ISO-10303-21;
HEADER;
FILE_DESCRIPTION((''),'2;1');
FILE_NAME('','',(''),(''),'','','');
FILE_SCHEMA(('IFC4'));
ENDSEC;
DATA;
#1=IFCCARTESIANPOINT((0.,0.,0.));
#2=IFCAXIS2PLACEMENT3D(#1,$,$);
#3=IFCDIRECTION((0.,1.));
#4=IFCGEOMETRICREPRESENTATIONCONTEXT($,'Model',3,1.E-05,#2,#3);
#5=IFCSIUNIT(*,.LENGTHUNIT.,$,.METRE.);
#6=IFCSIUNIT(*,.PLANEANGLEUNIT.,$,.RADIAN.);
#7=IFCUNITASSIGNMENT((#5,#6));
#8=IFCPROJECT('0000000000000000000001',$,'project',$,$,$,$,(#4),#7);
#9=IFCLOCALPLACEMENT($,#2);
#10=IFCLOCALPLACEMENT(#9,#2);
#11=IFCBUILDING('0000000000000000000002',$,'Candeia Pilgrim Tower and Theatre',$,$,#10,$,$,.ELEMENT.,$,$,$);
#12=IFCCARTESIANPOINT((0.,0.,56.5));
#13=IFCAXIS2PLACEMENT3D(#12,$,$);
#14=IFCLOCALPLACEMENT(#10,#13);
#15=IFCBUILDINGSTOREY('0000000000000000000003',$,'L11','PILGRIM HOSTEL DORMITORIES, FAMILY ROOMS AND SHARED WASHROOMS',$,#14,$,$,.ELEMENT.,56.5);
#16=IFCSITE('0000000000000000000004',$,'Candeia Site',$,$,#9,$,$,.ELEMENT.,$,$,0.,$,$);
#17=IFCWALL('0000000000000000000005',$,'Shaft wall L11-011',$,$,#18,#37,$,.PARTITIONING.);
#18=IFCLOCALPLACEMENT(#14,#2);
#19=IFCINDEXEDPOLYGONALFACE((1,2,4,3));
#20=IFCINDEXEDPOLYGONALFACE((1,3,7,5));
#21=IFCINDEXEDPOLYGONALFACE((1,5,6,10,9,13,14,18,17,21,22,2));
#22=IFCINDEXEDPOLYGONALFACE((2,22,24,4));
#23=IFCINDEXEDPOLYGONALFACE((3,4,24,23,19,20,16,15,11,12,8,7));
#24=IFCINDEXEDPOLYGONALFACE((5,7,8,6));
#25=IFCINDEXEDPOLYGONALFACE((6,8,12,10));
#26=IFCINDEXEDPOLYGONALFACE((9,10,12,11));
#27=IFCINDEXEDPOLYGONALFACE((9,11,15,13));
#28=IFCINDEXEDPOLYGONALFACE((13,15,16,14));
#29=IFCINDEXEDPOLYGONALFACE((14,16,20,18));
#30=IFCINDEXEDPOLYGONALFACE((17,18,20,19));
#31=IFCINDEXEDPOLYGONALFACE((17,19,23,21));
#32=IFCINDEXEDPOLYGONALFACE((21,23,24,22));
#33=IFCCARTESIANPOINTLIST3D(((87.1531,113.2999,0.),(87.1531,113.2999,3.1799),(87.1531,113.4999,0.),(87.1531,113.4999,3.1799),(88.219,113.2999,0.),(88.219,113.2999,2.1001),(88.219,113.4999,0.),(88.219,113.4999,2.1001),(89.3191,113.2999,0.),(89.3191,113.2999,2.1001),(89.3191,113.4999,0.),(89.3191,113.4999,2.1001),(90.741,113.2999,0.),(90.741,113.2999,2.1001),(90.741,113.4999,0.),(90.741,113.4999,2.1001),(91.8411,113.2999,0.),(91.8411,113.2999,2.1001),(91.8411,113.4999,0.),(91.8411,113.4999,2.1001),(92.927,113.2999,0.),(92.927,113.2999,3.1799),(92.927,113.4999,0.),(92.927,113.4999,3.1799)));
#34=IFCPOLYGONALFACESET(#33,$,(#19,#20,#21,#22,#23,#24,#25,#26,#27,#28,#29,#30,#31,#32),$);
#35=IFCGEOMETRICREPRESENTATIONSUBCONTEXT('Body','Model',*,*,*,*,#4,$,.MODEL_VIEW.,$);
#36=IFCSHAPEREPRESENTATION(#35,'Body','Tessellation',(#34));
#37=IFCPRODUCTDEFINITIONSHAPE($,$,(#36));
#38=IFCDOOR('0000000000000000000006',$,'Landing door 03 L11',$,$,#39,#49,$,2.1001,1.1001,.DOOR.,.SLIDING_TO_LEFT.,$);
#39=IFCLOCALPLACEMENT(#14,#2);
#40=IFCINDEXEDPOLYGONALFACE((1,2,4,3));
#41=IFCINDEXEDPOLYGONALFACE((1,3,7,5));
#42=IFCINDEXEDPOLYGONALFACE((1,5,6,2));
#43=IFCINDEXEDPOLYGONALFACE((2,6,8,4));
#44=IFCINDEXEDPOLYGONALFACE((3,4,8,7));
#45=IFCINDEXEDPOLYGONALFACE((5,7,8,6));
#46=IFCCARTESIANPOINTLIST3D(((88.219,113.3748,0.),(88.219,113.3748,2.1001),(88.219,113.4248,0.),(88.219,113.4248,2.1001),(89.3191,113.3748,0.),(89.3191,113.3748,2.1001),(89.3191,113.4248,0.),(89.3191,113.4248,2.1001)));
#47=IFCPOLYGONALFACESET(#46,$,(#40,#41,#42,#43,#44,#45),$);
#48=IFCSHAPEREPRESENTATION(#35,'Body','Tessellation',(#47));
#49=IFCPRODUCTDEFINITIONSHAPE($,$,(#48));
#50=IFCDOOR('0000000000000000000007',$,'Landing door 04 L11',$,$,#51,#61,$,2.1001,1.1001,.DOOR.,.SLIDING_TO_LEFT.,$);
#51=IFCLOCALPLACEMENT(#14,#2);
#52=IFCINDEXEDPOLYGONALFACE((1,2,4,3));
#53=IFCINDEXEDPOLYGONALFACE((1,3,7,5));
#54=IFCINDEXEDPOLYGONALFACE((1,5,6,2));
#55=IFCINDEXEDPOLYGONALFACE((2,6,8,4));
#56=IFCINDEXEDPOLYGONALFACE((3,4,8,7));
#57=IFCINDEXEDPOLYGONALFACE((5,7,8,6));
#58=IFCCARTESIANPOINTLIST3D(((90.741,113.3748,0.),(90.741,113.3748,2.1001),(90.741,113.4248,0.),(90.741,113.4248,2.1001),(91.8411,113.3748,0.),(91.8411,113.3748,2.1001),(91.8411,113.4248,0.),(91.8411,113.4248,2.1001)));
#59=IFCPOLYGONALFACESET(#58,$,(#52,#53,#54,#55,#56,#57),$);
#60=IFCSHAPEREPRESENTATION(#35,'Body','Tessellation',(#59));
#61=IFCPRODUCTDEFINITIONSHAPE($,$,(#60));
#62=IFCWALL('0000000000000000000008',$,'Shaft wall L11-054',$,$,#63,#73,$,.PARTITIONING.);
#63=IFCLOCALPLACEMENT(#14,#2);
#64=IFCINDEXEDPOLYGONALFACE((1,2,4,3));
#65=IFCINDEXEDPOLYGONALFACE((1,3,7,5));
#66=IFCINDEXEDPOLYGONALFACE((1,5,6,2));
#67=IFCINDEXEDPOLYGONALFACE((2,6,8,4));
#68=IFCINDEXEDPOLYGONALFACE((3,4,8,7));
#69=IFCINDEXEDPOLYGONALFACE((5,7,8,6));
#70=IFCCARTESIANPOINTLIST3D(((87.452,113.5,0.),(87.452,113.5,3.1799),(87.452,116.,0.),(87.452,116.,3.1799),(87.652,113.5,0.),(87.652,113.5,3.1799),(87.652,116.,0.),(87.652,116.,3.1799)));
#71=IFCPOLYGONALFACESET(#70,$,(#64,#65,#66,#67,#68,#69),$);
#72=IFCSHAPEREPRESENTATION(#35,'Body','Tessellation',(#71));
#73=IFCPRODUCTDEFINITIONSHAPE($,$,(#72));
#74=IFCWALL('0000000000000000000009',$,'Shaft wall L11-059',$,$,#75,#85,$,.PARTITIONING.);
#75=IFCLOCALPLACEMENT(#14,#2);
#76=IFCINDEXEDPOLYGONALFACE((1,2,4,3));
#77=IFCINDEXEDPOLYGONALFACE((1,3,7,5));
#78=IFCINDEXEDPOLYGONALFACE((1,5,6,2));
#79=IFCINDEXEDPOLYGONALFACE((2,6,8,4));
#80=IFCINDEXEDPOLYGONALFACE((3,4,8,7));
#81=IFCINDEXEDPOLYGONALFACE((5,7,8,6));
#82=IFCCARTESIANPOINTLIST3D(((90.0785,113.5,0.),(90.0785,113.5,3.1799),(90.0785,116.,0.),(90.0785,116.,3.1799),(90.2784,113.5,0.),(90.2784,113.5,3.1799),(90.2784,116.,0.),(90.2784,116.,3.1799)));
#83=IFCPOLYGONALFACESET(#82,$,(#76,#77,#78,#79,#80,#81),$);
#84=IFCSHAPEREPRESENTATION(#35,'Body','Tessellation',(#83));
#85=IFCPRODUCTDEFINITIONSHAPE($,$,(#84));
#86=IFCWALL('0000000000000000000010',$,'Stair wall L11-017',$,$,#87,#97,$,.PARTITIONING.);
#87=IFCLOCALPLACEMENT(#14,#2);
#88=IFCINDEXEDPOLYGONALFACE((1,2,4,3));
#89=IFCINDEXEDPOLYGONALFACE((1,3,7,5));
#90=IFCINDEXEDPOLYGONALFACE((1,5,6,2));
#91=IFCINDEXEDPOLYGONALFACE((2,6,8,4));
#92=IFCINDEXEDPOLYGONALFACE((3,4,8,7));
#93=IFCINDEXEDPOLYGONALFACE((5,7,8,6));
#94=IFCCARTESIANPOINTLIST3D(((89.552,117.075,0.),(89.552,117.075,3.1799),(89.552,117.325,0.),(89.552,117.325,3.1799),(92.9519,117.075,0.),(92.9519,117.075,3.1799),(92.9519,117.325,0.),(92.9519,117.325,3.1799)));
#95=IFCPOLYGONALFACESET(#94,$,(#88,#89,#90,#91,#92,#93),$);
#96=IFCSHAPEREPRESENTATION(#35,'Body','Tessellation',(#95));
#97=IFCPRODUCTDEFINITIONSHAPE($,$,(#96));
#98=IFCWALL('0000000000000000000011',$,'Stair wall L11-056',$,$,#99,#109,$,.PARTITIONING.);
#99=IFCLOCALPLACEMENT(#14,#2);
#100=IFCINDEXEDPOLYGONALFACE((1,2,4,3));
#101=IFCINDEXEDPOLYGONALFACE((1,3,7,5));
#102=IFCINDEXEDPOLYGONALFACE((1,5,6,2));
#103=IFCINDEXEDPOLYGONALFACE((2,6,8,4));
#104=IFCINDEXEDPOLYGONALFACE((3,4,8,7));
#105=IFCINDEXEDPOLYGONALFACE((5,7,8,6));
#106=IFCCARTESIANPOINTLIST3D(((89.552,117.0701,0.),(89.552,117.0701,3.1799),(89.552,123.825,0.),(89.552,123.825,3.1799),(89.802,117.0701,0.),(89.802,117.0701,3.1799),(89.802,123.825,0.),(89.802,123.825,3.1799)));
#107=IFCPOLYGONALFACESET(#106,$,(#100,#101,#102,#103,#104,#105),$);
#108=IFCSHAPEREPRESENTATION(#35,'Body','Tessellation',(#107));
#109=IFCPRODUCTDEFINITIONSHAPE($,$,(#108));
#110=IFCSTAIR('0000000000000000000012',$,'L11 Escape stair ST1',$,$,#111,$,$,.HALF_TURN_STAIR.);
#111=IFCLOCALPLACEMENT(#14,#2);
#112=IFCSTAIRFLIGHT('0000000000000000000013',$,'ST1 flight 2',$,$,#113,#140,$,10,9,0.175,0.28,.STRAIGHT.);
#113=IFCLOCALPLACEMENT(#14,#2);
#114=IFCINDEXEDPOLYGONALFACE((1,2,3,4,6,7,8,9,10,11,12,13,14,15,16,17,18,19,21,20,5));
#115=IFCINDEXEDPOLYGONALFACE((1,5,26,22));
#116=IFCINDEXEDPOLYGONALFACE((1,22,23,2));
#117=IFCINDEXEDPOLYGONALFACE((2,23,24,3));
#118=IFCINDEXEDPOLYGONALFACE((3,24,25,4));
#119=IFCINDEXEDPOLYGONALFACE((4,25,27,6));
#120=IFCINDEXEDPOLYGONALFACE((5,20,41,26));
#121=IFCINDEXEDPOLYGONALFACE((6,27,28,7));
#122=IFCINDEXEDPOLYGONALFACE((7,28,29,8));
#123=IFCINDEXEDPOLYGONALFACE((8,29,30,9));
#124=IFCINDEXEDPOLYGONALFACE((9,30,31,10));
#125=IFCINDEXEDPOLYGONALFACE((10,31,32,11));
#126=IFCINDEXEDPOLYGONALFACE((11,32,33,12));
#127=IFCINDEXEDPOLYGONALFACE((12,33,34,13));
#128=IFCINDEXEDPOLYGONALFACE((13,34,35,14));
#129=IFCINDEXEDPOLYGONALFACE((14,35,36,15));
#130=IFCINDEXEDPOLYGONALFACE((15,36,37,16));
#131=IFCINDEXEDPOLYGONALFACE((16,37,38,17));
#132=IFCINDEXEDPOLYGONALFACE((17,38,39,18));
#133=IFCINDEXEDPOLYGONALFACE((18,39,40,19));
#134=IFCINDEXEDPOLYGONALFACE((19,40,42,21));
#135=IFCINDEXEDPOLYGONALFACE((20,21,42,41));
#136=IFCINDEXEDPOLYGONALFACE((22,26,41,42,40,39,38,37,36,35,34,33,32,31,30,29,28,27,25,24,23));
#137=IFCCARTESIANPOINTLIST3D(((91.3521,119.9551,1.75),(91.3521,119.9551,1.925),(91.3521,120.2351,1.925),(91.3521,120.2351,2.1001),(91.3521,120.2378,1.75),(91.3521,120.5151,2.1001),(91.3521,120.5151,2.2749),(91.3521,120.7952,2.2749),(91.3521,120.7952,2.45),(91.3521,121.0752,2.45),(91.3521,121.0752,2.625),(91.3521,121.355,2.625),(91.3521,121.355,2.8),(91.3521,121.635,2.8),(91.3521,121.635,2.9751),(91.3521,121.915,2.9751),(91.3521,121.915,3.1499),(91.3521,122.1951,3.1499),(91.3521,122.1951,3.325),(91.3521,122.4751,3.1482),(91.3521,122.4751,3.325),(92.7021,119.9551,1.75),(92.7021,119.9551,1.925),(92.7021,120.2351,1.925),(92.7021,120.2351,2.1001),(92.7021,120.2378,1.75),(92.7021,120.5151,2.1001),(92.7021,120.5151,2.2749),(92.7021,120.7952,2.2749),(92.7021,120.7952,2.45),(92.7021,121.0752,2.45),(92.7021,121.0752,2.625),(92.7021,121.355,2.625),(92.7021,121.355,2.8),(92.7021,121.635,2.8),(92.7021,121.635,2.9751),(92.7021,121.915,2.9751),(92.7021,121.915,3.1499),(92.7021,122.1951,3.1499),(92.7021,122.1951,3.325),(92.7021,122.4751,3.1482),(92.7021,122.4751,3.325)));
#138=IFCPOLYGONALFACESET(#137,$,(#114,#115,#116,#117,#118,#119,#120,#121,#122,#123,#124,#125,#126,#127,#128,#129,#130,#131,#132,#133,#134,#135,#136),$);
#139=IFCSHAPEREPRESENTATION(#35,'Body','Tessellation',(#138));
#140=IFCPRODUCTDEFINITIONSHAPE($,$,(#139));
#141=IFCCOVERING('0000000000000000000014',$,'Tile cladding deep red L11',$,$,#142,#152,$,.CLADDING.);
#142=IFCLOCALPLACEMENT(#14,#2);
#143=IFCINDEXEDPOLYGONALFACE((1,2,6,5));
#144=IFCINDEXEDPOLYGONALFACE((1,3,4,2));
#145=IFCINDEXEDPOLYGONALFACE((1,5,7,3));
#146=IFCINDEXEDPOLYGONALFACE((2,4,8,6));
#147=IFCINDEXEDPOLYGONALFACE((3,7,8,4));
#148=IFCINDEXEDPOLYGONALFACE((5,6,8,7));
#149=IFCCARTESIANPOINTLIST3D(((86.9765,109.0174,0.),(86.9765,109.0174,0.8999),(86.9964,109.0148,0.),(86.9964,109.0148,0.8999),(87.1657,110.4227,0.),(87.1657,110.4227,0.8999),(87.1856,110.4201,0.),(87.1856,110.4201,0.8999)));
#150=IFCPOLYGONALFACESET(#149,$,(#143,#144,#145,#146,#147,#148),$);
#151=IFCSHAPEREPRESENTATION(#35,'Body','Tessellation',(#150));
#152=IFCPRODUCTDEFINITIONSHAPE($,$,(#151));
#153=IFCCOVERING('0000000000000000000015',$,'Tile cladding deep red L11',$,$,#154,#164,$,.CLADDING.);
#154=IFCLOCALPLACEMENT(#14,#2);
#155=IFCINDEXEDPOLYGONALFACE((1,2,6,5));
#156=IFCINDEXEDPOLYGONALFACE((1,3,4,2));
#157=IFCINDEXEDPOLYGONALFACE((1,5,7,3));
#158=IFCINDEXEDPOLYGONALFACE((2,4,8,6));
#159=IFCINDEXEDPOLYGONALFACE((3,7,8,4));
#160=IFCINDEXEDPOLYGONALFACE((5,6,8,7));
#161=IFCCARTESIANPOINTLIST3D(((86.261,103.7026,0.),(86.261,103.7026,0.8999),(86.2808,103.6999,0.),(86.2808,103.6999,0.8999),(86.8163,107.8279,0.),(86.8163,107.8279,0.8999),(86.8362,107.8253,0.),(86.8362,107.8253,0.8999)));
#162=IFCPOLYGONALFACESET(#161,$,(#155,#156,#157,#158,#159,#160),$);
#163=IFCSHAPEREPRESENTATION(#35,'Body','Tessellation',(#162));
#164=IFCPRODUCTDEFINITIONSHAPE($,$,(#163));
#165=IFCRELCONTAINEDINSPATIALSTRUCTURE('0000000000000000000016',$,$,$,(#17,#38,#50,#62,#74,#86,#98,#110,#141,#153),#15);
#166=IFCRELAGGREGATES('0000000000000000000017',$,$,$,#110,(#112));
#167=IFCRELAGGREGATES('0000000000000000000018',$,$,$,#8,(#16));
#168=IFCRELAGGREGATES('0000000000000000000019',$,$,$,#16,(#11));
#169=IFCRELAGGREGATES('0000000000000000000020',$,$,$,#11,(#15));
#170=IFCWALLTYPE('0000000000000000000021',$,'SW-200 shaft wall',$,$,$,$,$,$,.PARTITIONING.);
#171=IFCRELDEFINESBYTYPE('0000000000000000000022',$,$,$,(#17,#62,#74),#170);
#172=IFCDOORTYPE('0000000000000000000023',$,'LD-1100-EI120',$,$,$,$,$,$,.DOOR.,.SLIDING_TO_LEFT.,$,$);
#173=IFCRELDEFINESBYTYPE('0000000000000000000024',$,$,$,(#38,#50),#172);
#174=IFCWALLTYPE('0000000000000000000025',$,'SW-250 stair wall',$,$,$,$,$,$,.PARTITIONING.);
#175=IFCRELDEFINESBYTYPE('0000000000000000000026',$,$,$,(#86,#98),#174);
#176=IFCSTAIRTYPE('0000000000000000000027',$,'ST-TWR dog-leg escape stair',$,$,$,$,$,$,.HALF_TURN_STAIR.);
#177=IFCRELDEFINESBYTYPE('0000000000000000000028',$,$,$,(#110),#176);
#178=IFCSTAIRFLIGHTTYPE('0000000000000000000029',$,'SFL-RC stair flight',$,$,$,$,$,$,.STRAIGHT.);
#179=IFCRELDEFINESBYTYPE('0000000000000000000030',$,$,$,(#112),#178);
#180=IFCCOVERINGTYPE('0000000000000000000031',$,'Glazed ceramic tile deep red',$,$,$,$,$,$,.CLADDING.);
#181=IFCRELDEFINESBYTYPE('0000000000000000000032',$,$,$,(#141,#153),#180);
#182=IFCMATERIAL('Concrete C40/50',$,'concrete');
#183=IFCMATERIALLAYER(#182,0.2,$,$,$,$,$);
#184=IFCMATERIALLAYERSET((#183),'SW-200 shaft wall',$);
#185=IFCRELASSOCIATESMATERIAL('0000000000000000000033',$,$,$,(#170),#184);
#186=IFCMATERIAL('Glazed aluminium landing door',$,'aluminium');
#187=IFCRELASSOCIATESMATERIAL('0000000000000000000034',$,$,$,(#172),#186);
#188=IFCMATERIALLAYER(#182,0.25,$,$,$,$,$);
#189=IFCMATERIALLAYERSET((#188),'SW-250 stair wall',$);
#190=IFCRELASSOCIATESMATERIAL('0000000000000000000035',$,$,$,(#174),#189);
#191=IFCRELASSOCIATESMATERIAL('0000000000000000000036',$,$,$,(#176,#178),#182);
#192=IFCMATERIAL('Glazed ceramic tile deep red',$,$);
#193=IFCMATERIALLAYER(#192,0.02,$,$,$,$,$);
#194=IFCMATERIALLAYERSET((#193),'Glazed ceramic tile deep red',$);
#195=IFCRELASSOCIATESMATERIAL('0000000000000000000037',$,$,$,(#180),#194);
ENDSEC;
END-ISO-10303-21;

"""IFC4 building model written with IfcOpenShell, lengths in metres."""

from ifc_helpers import new_model, si_unit, direction, frame, frame_2d, origin, origin_2d, place, context, subcontext, project, spatial, polyline, rectangle, outline, extrude, material, layer, layer_set, type_object, element, fill, aggregate, save


model = new_model("IFC4")

# Units and contexts
model_context = context("Model", 3, precision=1e-05, world=origin(), true_north=direction((0.0, 1.0)))
body_context = subcontext(model_context, "Body", "Model", "MODEL_VIEW")
ifc_project = project(units=[si_unit("LENGTHUNIT", "METRE"), si_unit("PLANEANGLEUNIT", "RADIAN")], contexts=[model_context])

# Site, building, storey
site_placement = place(None, origin())
site = spatial("IfcSite", under=ifc_project, at=site_placement, Name="Candeia Site", CompositionType="ELEMENT", RefElevation=0.0)
building_placement = place(site_placement, origin())
building = spatial("IfcBuilding", under=site, at=building_placement, Name="Candeia Pilgrim Tower and Theatre", CompositionType="ELEMENT")
storey_placement = place(building_placement, frame((0.0, 0.0, 56.5)))
storey = spatial("IfcBuildingStorey", under=building, at=storey_placement, Name="L11", Description="PILGRIM HOSTEL DORMITORIES, FAMILY ROOMS AND SHARED WASHROOMS", CompositionType="ELEMENT", Elevation=56.5)

# Wall, openings, doors
ifc_material_1 = material(Name="Concrete C40/50", Category="concrete")
ifc_layer_1 = layer(ifc_material_1, 0.2)
ifc_layer_set_1 = layer_set([ifc_layer_1], Name="SW-200 shaft wall")
wall_type_1 = type_object("IfcWallType", Name="SW-200 shaft wall", PredefinedType="PARTITIONING", material=ifc_layer_set_1)
wall_1_placement = place(storey_placement, frame((87.1531, 113.3999, 0.0), z_axis=(0.0, 0.0, 1.0), x_axis=(1.0, 0.0, 0.0)))
wall_1 = element("IfcWall", 1, at=wall_1_placement, inside=storey, type_object=wall_type_1, Name="Shaft wall L11-011", PredefinedType="PARTITIONING", context=body_context, shape_type="SweptSolid", body=[
    extrude(rectangle(XDim=5.7739, YDim=0.2, at=frame_2d((2.887, 0.0))), origin(), (0.0, 0.0, 1.0), 3.1799),
])
opening_1_placement = place(wall_1_placement, frame((1.0659, 0.0, 0.0)))
opening_1 = element("IfcOpeningElement", 2, at=opening_1_placement, cuts=wall_1, PredefinedType="OPENING", context=body_context, shape_type="SweptSolid", body=[
    extrude(rectangle(XDim=1.1001, YDim=2.1001, at=frame_2d((0.55, 1.05))), frame((0.0, 0.1099, 0.0), z_axis=(0.0, -1.0, 0.0), x_axis=(1.0, 0.0, 0.0)), (0.0, 0.0, 1.0), 0.22),
])
opening_2_placement = place(wall_1_placement, frame((3.5879, 0.0, 0.0)))
opening_2 = element("IfcOpeningElement", 3, at=opening_2_placement, cuts=wall_1, PredefinedType="OPENING", context=body_context, shape_type="SweptSolid", body=[
    extrude(rectangle(XDim=1.1001, YDim=2.1001, at=frame_2d((0.55, 1.05))), frame((0.0, 0.1099, 0.0), z_axis=(0.0, -1.0, 0.0), x_axis=(1.0, 0.0, 0.0)), (0.0, 0.0, 1.0), 0.22),
])
ifc_material_2 = material(Name="Glazed aluminium landing door", Category="aluminium")
door_type_1 = type_object("IfcDoorType", Name="LD-1100-EI120", OperationType="SLIDING_TO_LEFT", PredefinedType="DOOR", material=ifc_material_2)
door_1_placement = place(opening_1_placement, origin())
door_1 = element("IfcDoor", 4, at=door_1_placement, inside=storey, type_object=door_type_1, Name="Landing door 03 L11", OperationType="SLIDING_TO_LEFT", OverallHeight=2.1001, OverallWidth=1.1001, PredefinedType="DOOR", context=body_context, shape_type="SweptSolid", body=[
    extrude(rectangle(XDim=1.1001, YDim=2.1001, at=frame_2d((0.55, 1.05))), frame((0.0, 0.0249, 0.0), z_axis=(0.0, -1.0, 0.0), x_axis=(1.0, 0.0, 0.0)), (0.0, 0.0, 1.0), 0.05),
])
fill(opening_1, door_1)
door_2_placement = place(opening_2_placement, origin())
door_2 = element("IfcDoor", 5, at=door_2_placement, inside=storey, type_object=door_type_1, Name="Landing door 04 L11", OperationType="SLIDING_TO_LEFT", OverallHeight=2.1001, OverallWidth=1.1001, PredefinedType="DOOR", context=body_context, shape_type="SweptSolid", body=[
    extrude(rectangle(XDim=1.1001, YDim=2.1001, at=frame_2d((0.55, 1.05))), frame((0.0, 0.0249, 0.0), z_axis=(0.0, -1.0, 0.0), x_axis=(1.0, 0.0, 0.0)), (0.0, 0.0, 1.0), 0.05),
])
fill(opening_2, door_2)

# Walls
for number, where, z_axis, x_axis, name in (
    (6, (87.552, 113.5, 0.0), (0.0, 0.0, 1.0), (0.0, 1.0, 0.0), "Shaft wall L11-054"),
    (7, (90.1785, 113.5, 0.0), (0.0, 0.0, 1.0), (0.0, 1.0, 0.0), "Shaft wall L11-059"),
):
    element("IfcWall", number, at=place(storey_placement, frame(where, z_axis=z_axis, x_axis=x_axis)), inside=storey, type_object=wall_type_1, Name=name, PredefinedType="PARTITIONING", context=body_context, shape_type="SweptSolid", body=[
        extrude(rectangle(XDim=2.5, YDim=0.2, at=frame_2d((1.25, 0.0))), origin(), (0.0, 0.0, 1.0), 3.1799),
    ])
ifc_layer_2 = layer(ifc_material_1, 0.25)
ifc_layer_set_2 = layer_set([ifc_layer_2], Name="SW-250 stair wall")
wall_type_2 = type_object("IfcWallType", Name="SW-250 stair wall", PredefinedType="PARTITIONING", material=ifc_layer_set_2)
wall_2_placement = place(storey_placement, frame((89.552, 117.2, 0.0), z_axis=(0.0, 0.0, 1.0), x_axis=(1.0, 0.0, 0.0)))
element("IfcWall", 8, at=wall_2_placement, inside=storey, type_object=wall_type_2, Name="Stair wall L11-017", PredefinedType="PARTITIONING", context=body_context, shape_type="SweptSolid", body=[
    extrude(rectangle(XDim=3.3999, YDim=0.25, at=frame_2d((1.7, 0.0))), origin(), (0.0, 0.0, 1.0), 3.1799),
])
wall_3_placement = place(storey_placement, frame((89.677, 117.0701, 0.0), z_axis=(0.0, 0.0, 1.0), x_axis=(0.0, 1.0, 0.0)))
element("IfcWall", 9, at=wall_3_placement, inside=storey, type_object=wall_type_2, Name="Stair wall L11-056", PredefinedType="PARTITIONING", context=body_context, shape_type="SweptSolid", body=[
    extrude(rectangle(XDim=6.7549, YDim=0.25, at=frame_2d((3.3774, 0.0))), origin(), (0.0, 0.0, 1.0), 3.1799),
])

# Stair, stair flight
stair_type = type_object("IfcStairType", Name="ST-TWR dog-leg escape stair", PredefinedType="HALF_TURN_STAIR", material=ifc_material_1)
stair_placement = place(storey_placement, origin())
stair = element("IfcStair", 10, at=stair_placement, inside=storey, type_object=stair_type, Name="L11 Escape stair ST1", PredefinedType="HALF_TURN_STAIR")
stair_flight_type = type_object("IfcStairFlightType", Name="SFL-RC stair flight", PredefinedType="STRAIGHT", material=ifc_material_1)
stair_flight_placement = place(storey_placement, frame((92.0271, 119.9551, 1.75), z_axis=(0.0, 0.0, 1.0), x_axis=(0.0, 1.0, 0.0)))
stair_flight = element("IfcStairFlight", 11, at=stair_flight_placement, type_object=stair_flight_type, Name="ST1 flight 2", NumberOfRisers=10, NumberOfTreads=9, PredefinedType="STRAIGHT", RiserHeight=0.175, TreadLength=0.28, context=body_context, shape_type="SweptSolid", body=[
    extrude(outline(polyline([(0.0, 0.0), (0.0, 0.175), (0.28, 0.175), (0.28, 0.3501), (0.5601, 0.3501), (0.5601, 0.5249), (0.8401, 0.5249), (0.8401, 0.7), (1.1201, 0.7), (1.1201, 0.875), (1.3999, 0.875), (1.3999, 1.05), (1.6799, 1.05), (1.6799, 1.2251), (1.96, 1.2251), (1.96, 1.3999), (2.24, 1.3999), (2.24, 1.575), (2.52, 1.575), (2.52, 1.75), (2.52, 1.3982), (0.2827, 0.0), (0.0, 0.0)])), frame((0.0, 0.675, 0.0), z_axis=(0.0, -1.0, 0.0), x_axis=(1.0, 0.0, 0.0)), (0.0, 0.0, 1.0), 1.3501),
])
aggregate(stair, [stair_flight])

# Coverings
ifc_material_3 = material(Name="Glazed ceramic tile deep red")
ifc_layer_3 = layer(ifc_material_3, 0.02)
ifc_layer_set_3 = layer_set([ifc_layer_3], Name="Glazed ceramic tile deep red")
covering_type = type_object("IfcCoveringType", Name="Glazed ceramic tile deep red", PredefinedType="CLADDING", material=ifc_layer_set_3)
covering_1_placement = place(storey_placement, frame((87.0811, 109.7188, 0.0), z_axis=(0.0, 0.0, 1.0), x_axis=(-0.133412, -0.991061, 0.0)))
element("IfcCovering", 12, at=covering_1_placement, inside=storey, type_object=covering_type, Name="Tile cladding deep red L11", PredefinedType="CLADDING", context=body_context, shape_type="SweptSolid", body=[
    extrude(rectangle(XDim=1.418, YDim=0.02, at=origin_2d()), origin(), (0.0, 0.0, 1.0), 0.8999),
])
covering_2_placement = place(storey_placement, frame((86.5486, 105.7639, 0.0), z_axis=(0.0, 0.0, 1.0), x_axis=(-0.133412, -0.991061, 0.0)))
element("IfcCovering", 13, at=covering_2_placement, inside=storey, type_object=covering_type, Name="Tile cladding deep red L11", PredefinedType="CLADDING", context=body_context, shape_type="SweptSolid", body=[
    extrude(rectangle(XDim=4.1626, YDim=0.02, at=origin_2d()), origin(), (0.0, 0.0, 1.0), 0.8999),
])

save(model, "model.ifc")
